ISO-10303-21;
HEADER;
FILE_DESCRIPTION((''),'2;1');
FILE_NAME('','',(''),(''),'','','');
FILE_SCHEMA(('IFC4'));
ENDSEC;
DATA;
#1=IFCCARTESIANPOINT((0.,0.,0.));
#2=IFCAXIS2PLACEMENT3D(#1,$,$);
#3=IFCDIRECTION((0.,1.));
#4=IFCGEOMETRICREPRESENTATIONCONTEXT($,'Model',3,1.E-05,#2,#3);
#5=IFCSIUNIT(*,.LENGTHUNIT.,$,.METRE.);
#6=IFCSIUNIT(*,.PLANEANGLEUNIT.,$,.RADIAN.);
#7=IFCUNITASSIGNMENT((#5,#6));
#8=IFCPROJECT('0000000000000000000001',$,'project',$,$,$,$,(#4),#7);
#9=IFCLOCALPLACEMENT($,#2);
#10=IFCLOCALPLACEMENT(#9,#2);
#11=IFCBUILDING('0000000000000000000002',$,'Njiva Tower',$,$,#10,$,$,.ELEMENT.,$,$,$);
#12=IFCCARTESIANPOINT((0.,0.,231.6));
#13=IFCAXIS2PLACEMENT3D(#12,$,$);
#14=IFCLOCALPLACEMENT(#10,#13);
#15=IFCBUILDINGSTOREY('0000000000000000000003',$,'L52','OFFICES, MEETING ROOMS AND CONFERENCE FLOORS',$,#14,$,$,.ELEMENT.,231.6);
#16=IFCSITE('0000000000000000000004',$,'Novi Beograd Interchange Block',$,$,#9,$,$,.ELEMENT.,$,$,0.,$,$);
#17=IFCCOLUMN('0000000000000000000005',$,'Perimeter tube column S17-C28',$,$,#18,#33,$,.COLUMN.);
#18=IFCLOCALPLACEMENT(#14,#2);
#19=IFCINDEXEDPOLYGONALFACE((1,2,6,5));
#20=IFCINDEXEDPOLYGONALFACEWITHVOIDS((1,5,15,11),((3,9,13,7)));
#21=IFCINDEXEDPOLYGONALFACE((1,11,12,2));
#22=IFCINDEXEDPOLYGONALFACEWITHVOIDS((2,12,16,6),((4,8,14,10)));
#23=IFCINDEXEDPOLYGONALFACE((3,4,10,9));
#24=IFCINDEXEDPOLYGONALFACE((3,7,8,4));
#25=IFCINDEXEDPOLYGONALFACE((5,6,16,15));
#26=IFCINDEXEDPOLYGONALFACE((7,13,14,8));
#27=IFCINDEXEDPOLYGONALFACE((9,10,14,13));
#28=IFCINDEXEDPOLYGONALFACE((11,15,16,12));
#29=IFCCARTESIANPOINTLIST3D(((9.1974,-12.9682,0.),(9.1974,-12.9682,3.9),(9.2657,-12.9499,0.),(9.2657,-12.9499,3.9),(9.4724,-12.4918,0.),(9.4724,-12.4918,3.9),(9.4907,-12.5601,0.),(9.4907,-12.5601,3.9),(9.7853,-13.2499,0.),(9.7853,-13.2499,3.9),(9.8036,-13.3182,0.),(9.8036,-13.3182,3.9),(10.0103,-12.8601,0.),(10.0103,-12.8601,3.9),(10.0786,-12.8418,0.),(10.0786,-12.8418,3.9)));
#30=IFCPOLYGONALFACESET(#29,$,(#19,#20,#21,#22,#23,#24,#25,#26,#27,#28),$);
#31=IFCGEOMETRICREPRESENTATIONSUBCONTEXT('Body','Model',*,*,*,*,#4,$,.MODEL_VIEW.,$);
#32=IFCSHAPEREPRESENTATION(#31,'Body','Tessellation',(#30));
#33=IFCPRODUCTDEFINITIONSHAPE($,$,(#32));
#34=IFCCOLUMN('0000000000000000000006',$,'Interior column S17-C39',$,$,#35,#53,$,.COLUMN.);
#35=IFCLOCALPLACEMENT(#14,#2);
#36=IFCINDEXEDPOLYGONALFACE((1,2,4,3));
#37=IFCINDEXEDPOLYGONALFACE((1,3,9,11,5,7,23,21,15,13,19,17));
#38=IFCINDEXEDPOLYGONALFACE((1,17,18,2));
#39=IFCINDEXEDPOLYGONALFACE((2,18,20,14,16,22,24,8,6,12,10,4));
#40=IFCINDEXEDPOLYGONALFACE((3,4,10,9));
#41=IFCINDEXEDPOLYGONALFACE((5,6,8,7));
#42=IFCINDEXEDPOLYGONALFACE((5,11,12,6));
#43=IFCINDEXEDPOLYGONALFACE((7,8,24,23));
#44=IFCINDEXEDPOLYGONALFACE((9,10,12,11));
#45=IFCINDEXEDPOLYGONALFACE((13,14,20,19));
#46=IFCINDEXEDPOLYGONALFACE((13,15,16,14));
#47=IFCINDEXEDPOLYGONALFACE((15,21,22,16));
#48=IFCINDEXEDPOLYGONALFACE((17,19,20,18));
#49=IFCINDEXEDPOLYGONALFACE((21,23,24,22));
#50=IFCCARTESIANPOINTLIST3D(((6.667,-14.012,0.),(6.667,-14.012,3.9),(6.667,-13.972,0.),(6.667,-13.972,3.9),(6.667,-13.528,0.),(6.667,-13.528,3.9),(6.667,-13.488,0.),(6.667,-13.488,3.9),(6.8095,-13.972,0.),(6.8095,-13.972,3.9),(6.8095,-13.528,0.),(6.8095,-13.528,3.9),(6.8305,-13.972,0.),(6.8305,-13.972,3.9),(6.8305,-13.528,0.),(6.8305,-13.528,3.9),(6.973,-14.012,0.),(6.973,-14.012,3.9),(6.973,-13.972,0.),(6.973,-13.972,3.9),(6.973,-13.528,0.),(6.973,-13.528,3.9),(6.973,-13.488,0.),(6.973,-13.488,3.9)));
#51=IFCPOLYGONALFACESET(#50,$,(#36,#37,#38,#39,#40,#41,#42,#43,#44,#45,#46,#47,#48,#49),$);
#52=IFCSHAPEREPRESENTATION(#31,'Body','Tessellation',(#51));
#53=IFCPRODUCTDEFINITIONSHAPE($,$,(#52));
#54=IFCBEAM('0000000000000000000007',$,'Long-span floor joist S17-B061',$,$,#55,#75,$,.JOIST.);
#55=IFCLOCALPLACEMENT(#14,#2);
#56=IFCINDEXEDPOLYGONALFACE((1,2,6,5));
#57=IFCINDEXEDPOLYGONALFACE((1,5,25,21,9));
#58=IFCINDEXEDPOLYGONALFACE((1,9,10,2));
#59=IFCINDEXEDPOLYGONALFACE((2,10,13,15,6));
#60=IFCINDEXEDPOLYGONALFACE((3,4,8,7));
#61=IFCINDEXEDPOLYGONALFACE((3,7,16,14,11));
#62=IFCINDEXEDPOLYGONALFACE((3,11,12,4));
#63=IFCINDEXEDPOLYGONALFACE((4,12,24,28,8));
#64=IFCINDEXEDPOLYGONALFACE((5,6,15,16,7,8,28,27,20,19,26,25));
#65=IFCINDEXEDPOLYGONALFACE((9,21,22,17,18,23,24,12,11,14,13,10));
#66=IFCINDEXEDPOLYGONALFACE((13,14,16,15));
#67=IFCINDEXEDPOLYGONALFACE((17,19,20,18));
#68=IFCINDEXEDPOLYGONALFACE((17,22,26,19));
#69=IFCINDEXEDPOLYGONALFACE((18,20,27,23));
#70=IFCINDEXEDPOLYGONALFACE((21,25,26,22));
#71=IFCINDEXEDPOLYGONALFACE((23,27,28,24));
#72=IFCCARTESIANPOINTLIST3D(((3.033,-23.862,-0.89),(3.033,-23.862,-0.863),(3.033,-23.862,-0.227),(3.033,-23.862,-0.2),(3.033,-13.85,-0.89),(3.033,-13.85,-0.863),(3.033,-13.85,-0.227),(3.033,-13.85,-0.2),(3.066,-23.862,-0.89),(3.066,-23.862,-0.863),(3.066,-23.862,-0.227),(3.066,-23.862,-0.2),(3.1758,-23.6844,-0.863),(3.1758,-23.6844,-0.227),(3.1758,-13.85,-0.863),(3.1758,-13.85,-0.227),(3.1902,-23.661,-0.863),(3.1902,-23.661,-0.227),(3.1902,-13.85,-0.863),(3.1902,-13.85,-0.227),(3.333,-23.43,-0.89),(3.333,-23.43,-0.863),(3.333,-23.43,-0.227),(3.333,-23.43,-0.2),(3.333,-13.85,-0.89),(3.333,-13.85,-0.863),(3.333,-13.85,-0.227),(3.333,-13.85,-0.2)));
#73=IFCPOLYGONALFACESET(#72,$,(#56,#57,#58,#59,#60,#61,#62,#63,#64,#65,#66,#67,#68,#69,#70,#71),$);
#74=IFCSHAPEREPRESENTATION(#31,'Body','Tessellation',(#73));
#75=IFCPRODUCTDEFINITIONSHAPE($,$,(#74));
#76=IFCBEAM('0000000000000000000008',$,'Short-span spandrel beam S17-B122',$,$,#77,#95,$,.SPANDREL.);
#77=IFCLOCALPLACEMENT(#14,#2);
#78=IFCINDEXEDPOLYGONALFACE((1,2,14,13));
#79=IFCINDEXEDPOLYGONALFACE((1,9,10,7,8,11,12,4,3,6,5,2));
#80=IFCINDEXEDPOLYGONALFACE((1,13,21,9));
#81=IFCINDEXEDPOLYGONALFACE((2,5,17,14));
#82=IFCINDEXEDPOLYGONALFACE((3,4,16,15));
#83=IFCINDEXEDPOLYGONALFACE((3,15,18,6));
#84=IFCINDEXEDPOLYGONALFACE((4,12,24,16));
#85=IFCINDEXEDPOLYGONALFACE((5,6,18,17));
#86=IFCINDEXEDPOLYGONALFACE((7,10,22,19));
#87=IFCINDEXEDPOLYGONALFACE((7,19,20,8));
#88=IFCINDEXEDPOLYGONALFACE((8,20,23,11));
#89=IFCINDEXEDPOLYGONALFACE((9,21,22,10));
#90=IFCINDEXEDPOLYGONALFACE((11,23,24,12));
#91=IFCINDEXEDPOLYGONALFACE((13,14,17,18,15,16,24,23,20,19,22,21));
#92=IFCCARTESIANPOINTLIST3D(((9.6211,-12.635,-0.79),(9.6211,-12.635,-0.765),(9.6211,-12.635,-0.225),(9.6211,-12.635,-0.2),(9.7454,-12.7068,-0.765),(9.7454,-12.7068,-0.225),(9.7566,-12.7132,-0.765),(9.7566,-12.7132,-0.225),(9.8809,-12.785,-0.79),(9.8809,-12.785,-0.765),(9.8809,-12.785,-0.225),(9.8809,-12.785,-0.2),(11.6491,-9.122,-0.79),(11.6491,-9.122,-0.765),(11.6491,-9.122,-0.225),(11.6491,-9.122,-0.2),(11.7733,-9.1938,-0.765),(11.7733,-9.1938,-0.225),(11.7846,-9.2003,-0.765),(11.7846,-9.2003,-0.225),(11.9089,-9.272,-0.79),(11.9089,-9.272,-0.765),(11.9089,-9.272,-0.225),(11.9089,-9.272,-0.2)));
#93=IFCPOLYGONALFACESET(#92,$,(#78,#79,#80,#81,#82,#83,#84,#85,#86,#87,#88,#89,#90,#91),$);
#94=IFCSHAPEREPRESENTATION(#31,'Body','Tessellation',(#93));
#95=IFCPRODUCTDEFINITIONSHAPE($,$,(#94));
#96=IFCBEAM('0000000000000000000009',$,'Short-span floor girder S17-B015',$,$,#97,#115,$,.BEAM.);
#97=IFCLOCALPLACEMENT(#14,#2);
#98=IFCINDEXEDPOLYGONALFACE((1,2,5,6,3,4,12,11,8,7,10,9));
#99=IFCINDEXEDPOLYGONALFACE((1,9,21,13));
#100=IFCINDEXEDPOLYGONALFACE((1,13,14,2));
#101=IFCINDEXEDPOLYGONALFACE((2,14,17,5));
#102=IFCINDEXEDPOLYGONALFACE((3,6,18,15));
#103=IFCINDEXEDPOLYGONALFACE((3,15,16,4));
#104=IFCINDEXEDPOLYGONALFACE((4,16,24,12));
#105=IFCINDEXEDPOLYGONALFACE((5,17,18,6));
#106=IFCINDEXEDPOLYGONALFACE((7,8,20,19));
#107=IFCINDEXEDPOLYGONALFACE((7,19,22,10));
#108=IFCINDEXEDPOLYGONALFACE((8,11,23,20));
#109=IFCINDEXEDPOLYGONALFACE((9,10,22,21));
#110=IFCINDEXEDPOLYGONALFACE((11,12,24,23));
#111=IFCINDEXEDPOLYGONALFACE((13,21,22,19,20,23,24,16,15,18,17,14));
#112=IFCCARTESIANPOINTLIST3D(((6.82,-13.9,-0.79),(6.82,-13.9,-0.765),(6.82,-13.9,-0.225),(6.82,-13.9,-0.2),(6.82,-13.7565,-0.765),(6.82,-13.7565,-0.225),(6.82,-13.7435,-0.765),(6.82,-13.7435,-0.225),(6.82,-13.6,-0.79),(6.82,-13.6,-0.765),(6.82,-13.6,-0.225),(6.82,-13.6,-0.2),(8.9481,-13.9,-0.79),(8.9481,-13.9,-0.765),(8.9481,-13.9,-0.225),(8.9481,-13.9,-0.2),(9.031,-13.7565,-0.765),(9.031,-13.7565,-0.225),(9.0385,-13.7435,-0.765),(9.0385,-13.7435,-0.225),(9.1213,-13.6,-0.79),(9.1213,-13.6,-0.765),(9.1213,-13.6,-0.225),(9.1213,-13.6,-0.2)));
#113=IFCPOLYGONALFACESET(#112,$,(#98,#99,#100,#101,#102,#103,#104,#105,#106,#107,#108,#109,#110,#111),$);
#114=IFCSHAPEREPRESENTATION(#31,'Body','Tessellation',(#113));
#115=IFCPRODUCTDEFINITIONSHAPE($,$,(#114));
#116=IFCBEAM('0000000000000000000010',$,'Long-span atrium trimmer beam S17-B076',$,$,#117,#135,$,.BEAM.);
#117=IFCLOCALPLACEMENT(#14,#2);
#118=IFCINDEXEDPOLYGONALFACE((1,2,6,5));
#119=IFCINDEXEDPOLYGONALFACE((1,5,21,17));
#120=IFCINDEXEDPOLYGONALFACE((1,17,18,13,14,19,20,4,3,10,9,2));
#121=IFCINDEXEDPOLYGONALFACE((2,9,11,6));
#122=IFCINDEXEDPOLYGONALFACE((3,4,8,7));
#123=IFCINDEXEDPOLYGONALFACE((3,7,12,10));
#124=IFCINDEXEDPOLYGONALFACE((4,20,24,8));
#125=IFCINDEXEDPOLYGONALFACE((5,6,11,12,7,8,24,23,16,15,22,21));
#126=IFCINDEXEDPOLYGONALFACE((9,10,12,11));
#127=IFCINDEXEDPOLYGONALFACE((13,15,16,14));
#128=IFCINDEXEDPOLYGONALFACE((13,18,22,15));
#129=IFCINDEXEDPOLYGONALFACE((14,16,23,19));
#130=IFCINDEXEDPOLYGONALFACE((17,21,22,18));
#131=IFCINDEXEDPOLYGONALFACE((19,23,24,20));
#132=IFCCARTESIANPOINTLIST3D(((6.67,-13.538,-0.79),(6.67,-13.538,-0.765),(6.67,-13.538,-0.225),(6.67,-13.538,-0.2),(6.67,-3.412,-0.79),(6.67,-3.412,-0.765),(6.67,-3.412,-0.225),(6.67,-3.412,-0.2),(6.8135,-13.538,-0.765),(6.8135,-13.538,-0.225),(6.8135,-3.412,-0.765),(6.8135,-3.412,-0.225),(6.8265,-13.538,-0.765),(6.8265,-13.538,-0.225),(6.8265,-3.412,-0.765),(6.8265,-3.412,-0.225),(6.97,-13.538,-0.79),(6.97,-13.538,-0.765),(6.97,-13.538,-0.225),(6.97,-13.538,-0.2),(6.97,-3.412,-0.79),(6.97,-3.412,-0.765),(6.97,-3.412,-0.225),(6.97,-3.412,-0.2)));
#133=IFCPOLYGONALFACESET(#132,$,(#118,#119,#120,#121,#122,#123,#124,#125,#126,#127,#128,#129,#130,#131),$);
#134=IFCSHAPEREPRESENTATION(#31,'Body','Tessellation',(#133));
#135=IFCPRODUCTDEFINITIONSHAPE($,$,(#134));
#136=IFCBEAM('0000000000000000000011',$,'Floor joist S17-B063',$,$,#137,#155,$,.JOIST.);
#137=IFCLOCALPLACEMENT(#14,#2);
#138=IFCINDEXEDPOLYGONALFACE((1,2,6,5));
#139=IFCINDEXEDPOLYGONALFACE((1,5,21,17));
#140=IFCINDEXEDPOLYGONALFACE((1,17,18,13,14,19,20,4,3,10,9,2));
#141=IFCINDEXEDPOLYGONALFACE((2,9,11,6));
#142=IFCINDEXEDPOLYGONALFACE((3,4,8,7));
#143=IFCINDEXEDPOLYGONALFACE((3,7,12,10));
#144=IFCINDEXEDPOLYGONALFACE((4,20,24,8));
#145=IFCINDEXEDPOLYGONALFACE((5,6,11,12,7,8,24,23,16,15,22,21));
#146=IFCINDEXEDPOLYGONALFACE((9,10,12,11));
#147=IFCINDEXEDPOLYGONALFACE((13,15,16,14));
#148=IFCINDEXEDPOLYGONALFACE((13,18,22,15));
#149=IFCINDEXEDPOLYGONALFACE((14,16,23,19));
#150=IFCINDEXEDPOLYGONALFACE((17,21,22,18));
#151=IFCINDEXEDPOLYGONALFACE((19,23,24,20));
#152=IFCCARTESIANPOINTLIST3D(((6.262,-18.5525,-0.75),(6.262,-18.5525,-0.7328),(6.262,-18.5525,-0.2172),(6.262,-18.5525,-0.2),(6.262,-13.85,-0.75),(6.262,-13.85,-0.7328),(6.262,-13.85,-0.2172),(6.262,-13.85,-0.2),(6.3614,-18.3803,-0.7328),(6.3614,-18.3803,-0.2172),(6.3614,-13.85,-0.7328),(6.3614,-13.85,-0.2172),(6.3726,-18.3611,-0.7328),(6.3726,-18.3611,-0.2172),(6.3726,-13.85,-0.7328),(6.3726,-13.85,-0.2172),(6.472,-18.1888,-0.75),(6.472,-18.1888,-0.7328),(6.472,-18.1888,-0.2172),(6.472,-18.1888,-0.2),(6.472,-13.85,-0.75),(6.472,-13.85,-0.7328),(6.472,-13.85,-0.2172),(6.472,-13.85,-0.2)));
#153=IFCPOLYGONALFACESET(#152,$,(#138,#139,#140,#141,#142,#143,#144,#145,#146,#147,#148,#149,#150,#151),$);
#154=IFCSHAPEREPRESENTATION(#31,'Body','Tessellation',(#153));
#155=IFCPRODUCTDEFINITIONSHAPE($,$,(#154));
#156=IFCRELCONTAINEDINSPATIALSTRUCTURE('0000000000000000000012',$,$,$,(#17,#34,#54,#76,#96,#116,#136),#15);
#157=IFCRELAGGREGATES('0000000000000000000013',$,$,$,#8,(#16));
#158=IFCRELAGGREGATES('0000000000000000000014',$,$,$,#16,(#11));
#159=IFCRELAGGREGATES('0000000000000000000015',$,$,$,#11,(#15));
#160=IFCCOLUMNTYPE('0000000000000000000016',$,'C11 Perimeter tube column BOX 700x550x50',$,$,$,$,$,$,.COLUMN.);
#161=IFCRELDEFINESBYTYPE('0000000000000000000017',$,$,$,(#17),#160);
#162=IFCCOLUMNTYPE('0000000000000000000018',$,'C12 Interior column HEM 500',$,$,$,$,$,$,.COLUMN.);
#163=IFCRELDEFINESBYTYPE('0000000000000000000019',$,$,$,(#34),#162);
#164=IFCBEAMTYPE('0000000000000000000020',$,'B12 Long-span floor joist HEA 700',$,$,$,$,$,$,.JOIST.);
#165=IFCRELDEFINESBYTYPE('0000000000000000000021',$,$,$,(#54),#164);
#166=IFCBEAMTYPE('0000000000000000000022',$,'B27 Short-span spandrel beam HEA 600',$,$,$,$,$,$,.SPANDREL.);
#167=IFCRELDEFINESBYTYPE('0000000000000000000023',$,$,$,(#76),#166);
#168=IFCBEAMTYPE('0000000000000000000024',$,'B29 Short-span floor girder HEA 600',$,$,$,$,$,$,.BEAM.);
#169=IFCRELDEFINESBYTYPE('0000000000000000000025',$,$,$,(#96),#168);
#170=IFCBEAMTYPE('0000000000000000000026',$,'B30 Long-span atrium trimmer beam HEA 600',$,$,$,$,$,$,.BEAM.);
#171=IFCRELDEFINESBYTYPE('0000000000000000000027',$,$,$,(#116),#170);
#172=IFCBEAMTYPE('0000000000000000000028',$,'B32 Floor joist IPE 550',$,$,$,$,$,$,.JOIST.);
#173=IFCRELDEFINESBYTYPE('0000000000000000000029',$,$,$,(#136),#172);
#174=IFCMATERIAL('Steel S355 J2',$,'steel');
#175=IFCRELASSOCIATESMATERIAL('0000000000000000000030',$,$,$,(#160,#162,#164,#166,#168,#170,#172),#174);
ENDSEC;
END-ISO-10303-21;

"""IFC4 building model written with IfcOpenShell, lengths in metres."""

from ifc_helpers import new_model, si_unit, direction, frame, origin, origin_2d, place, context, subcontext, project, spatial, hollow_rectangle, i_section, extrude, clip, halfspace, material, material_profile, profile_set, type_object, element, save


model = new_model("IFC4")

# Units and contexts
model_context = context("Model", 3, precision=1e-05, world=origin(), true_north=direction((0.0, 1.0)))
body_context = subcontext(model_context, "Body", "Model", "MODEL_VIEW")
ifc_project = project(units=[si_unit("LENGTHUNIT", "METRE"), si_unit("PLANEANGLEUNIT", "RADIAN")], contexts=[model_context])

# Site, building, storey
site_placement = place(None, origin())
site = spatial("IfcSite", under=ifc_project, at=site_placement, Name="Novi Beograd Interchange Block", CompositionType="ELEMENT", RefElevation=0.0)
building_placement = place(site_placement, origin())
building = spatial("IfcBuilding", under=site, at=building_placement, Name="Njiva Tower", CompositionType="ELEMENT")
storey_placement = place(building_placement, frame((0.0, 0.0, 231.6)))
storey = spatial("IfcBuildingStorey", under=building, at=storey_placement, Name="L52", Description="OFFICES, MEETING ROOMS AND CONFERENCE FLOORS", CompositionType="ELEMENT", Elevation=231.6)

# Columns
ifc_material_1 = material(Name="Steel S355 J2", Category="steel")
ifc_material_profile_1 = material_profile(ifc_material_1, hollow_rectangle(XDim=0.55, YDim=0.7, WallThickness=0.05, at=origin_2d()), Name="BOX 700x550x50")
ifc_profile_set_1 = profile_set([ifc_material_profile_1], Name="Steel S355 J2")
column_type_1 = type_object("IfcColumnType", Name="C11 Perimeter tube column BOX 700x550x50", PredefinedType="COLUMN", material=ifc_profile_set_1)
column_1_placement = place(storey_placement, frame((9.638, -12.905, 0.0), z_axis=(0.0, 0.0, 1.0), x_axis=(0.5, 0.866025, 0.0)))
element("IfcColumn", 1, at=column_1_placement, inside=storey, type_object=column_type_1, Name="Perimeter tube column S17-C28", PredefinedType="COLUMN", context=body_context, shape_type="SweptSolid", body=[
    extrude(hollow_rectangle(XDim=0.55, YDim=0.7, WallThickness=0.05, at=origin_2d()), origin(), (0.0, 0.0, 1.0), 3.9),
])
ifc_material_profile_2 = material_profile(ifc_material_1, i_section(OverallWidth=0.306, OverallDepth=0.524, WebThickness=0.021, FlangeThickness=0.04, at=origin_2d()), Name="HEM 500")
ifc_profile_set_2 = profile_set([ifc_material_profile_2], Name="Steel S355 J2")
column_type_2 = type_object("IfcColumnType", Name="C12 Interior column HEM 500", PredefinedType="COLUMN", material=ifc_profile_set_2)
column_2_placement = place(storey_placement, frame((6.82, -13.75, 0.0), z_axis=(0.0, 0.0, 1.0), x_axis=(1.0, 0.0, 0.0)))
element("IfcColumn", 2, at=column_2_placement, inside=storey, type_object=column_type_2, Name="Interior column S17-C39", PredefinedType="COLUMN", context=body_context, shape_type="SweptSolid", body=[
    extrude(i_section(OverallWidth=0.306, OverallDepth=0.524, WebThickness=0.021, FlangeThickness=0.04, at=origin_2d()), origin(), (0.0, 0.0, 1.0), 3.9),
])

# Beams
ifc_material_profile_3 = material_profile(ifc_material_1, i_section(OverallWidth=0.3, OverallDepth=0.69, WebThickness=0.0145, FlangeThickness=0.027, at=origin_2d()), Name="HEA 700")
ifc_profile_set_3 = profile_set([ifc_material_profile_3], Name="Steel S355 J2")
beam_type_1 = type_object("IfcBeamType", Name="B12 Long-span floor joist HEA 700", PredefinedType="JOIST", material=ifc_profile_set_3)
beam_1_placement = place(storey_placement, frame((3.183, -13.85, -0.545), z_axis=(0.0, -1.0, 0.0), x_axis=(1.0, 0.0, 0.0)))
element("IfcBeam", 3, at=beam_1_placement, inside=storey, type_object=beam_type_1, Name="Long-span floor joist S17-B061", PredefinedType="JOIST", context=body_context, shape_type="Clipping", body=[
    clip(extrude(i_section(OverallWidth=0.3, OverallDepth=0.69, WebThickness=0.0145, FlangeThickness=0.027, at=origin_2d()), origin(), (0.0, 0.0, 1.0), 10.012), halfspace(frame((0.0429, 0.0, 9.7533), z_axis=(0.850616, 0.0, 0.525788), x_axis=(0.0, 1.0, 0.0)), False)),
])
ifc_material_profile_4 = material_profile(ifc_material_1, i_section(OverallWidth=0.3, OverallDepth=0.59, WebThickness=0.013, FlangeThickness=0.025, at=origin_2d()), Name="HEA 600")
ifc_profile_set_4 = profile_set([ifc_material_profile_4], Name="Steel S355 J2")
beam_type_2 = type_object("IfcBeamType", Name="B27 Short-span spandrel beam HEA 600", PredefinedType="SPANDREL", material=ifc_profile_set_4)
beam_2_placement = place(storey_placement, frame((9.751, -12.71, -0.495), z_axis=(0.499957, 0.86605, 0.0), x_axis=(-0.86605, 0.499957, 0.0)))
element("IfcBeam", 4, at=beam_2_placement, inside=storey, type_object=beam_type_2, Name="Short-span spandrel beam S17-B122", PredefinedType="SPANDREL", context=body_context, shape_type="SweptSolid", body=[
    extrude(i_section(OverallWidth=0.3, OverallDepth=0.59, WebThickness=0.013, FlangeThickness=0.025, at=origin_2d()), origin(), (0.0, 0.0, 1.0), 4.0563),
])
ifc_material_profile_5 = material_profile(ifc_material_1, i_section(OverallWidth=0.3, OverallDepth=0.59, WebThickness=0.013, FlangeThickness=0.025, at=origin_2d()), Name="HEA 600")
ifc_profile_set_5 = profile_set([ifc_material_profile_5], Name="Steel S355 J2")
beam_type_3 = type_object("IfcBeamType", Name="B29 Short-span floor girder HEA 600", PredefinedType="BEAM", material=ifc_profile_set_5)
beam_3_placement = place(storey_placement, frame((6.82, -13.75, -0.495), z_axis=(1.0, 0.0, 0.0), x_axis=(0.0, 1.0, 0.0)))
element("IfcBeam", 5, at=beam_3_placement, inside=storey, type_object=beam_type_3, Name="Short-span floor girder S17-B015", PredefinedType="BEAM", context=body_context, shape_type="Clipping", body=[
    clip(extrude(i_section(OverallWidth=0.3, OverallDepth=0.59, WebThickness=0.013, FlangeThickness=0.025, at=origin_2d()), origin(), (0.0, 0.0, 1.0), 2.322), halfspace(frame((-0.025, 0.0, 2.2003), z_axis=(-0.499998, 0.0, 0.866027), x_axis=(0.0, 1.0, 0.0)), False)),
])
ifc_material_profile_6 = material_profile(ifc_material_1, i_section(OverallWidth=0.3, OverallDepth=0.59, WebThickness=0.013, FlangeThickness=0.025, at=origin_2d()), Name="HEA 600")
ifc_profile_set_6 = profile_set([ifc_material_profile_6], Name="Steel S355 J2")
beam_type_4 = type_object("IfcBeamType", Name="B30 Long-span atrium trimmer beam HEA 600", PredefinedType="BEAM", material=ifc_profile_set_6)
beam_4_placement = place(storey_placement, frame((6.82, -13.538, -0.495), z_axis=(0.0, 1.0, 0.0), x_axis=(-1.0, 0.0, 0.0)))
element("IfcBeam", 6, at=beam_4_placement, inside=storey, type_object=beam_type_4, Name="Long-span atrium trimmer beam S17-B076", PredefinedType="BEAM", context=body_context, shape_type="SweptSolid", body=[
    extrude(i_section(OverallWidth=0.3, OverallDepth=0.59, WebThickness=0.013, FlangeThickness=0.025, at=origin_2d()), origin(), (0.0, 0.0, 1.0), 10.126),
])
ifc_material_profile_7 = material_profile(ifc_material_1, i_section(OverallWidth=0.21, OverallDepth=0.55, WebThickness=0.0111, FlangeThickness=0.0172, at=origin_2d()), Name="IPE 550")
ifc_profile_set_7 = profile_set([ifc_material_profile_7], Name="Steel S355 J2")
beam_type_5 = type_object("IfcBeamType", Name="B32 Floor joist IPE 550", PredefinedType="JOIST", material=ifc_profile_set_7)
beam_5_placement = place(storey_placement, frame((6.367, -13.85, -0.475), z_axis=(0.0, -1.0, 0.0), x_axis=(1.0, 0.0, 0.0)))
element("IfcBeam", 7, at=beam_5_placement, inside=storey, type_object=beam_type_5, Name="Floor joist S17-B063", PredefinedType="JOIST", context=body_context, shape_type="Clipping", body=[
    clip(extrude(i_section(OverallWidth=0.21, OverallDepth=0.55, WebThickness=0.0111, FlangeThickness=0.0172, at=origin_2d()), origin(), (0.0, 0.0, 1.0), 4.723), halfspace(frame((0.043, 0.0, 4.4462), z_axis=(0.866027, 0.0, 0.499998), x_axis=(0.0, 1.0, 0.0)), False)),
])

save(model, "model.ifc")
